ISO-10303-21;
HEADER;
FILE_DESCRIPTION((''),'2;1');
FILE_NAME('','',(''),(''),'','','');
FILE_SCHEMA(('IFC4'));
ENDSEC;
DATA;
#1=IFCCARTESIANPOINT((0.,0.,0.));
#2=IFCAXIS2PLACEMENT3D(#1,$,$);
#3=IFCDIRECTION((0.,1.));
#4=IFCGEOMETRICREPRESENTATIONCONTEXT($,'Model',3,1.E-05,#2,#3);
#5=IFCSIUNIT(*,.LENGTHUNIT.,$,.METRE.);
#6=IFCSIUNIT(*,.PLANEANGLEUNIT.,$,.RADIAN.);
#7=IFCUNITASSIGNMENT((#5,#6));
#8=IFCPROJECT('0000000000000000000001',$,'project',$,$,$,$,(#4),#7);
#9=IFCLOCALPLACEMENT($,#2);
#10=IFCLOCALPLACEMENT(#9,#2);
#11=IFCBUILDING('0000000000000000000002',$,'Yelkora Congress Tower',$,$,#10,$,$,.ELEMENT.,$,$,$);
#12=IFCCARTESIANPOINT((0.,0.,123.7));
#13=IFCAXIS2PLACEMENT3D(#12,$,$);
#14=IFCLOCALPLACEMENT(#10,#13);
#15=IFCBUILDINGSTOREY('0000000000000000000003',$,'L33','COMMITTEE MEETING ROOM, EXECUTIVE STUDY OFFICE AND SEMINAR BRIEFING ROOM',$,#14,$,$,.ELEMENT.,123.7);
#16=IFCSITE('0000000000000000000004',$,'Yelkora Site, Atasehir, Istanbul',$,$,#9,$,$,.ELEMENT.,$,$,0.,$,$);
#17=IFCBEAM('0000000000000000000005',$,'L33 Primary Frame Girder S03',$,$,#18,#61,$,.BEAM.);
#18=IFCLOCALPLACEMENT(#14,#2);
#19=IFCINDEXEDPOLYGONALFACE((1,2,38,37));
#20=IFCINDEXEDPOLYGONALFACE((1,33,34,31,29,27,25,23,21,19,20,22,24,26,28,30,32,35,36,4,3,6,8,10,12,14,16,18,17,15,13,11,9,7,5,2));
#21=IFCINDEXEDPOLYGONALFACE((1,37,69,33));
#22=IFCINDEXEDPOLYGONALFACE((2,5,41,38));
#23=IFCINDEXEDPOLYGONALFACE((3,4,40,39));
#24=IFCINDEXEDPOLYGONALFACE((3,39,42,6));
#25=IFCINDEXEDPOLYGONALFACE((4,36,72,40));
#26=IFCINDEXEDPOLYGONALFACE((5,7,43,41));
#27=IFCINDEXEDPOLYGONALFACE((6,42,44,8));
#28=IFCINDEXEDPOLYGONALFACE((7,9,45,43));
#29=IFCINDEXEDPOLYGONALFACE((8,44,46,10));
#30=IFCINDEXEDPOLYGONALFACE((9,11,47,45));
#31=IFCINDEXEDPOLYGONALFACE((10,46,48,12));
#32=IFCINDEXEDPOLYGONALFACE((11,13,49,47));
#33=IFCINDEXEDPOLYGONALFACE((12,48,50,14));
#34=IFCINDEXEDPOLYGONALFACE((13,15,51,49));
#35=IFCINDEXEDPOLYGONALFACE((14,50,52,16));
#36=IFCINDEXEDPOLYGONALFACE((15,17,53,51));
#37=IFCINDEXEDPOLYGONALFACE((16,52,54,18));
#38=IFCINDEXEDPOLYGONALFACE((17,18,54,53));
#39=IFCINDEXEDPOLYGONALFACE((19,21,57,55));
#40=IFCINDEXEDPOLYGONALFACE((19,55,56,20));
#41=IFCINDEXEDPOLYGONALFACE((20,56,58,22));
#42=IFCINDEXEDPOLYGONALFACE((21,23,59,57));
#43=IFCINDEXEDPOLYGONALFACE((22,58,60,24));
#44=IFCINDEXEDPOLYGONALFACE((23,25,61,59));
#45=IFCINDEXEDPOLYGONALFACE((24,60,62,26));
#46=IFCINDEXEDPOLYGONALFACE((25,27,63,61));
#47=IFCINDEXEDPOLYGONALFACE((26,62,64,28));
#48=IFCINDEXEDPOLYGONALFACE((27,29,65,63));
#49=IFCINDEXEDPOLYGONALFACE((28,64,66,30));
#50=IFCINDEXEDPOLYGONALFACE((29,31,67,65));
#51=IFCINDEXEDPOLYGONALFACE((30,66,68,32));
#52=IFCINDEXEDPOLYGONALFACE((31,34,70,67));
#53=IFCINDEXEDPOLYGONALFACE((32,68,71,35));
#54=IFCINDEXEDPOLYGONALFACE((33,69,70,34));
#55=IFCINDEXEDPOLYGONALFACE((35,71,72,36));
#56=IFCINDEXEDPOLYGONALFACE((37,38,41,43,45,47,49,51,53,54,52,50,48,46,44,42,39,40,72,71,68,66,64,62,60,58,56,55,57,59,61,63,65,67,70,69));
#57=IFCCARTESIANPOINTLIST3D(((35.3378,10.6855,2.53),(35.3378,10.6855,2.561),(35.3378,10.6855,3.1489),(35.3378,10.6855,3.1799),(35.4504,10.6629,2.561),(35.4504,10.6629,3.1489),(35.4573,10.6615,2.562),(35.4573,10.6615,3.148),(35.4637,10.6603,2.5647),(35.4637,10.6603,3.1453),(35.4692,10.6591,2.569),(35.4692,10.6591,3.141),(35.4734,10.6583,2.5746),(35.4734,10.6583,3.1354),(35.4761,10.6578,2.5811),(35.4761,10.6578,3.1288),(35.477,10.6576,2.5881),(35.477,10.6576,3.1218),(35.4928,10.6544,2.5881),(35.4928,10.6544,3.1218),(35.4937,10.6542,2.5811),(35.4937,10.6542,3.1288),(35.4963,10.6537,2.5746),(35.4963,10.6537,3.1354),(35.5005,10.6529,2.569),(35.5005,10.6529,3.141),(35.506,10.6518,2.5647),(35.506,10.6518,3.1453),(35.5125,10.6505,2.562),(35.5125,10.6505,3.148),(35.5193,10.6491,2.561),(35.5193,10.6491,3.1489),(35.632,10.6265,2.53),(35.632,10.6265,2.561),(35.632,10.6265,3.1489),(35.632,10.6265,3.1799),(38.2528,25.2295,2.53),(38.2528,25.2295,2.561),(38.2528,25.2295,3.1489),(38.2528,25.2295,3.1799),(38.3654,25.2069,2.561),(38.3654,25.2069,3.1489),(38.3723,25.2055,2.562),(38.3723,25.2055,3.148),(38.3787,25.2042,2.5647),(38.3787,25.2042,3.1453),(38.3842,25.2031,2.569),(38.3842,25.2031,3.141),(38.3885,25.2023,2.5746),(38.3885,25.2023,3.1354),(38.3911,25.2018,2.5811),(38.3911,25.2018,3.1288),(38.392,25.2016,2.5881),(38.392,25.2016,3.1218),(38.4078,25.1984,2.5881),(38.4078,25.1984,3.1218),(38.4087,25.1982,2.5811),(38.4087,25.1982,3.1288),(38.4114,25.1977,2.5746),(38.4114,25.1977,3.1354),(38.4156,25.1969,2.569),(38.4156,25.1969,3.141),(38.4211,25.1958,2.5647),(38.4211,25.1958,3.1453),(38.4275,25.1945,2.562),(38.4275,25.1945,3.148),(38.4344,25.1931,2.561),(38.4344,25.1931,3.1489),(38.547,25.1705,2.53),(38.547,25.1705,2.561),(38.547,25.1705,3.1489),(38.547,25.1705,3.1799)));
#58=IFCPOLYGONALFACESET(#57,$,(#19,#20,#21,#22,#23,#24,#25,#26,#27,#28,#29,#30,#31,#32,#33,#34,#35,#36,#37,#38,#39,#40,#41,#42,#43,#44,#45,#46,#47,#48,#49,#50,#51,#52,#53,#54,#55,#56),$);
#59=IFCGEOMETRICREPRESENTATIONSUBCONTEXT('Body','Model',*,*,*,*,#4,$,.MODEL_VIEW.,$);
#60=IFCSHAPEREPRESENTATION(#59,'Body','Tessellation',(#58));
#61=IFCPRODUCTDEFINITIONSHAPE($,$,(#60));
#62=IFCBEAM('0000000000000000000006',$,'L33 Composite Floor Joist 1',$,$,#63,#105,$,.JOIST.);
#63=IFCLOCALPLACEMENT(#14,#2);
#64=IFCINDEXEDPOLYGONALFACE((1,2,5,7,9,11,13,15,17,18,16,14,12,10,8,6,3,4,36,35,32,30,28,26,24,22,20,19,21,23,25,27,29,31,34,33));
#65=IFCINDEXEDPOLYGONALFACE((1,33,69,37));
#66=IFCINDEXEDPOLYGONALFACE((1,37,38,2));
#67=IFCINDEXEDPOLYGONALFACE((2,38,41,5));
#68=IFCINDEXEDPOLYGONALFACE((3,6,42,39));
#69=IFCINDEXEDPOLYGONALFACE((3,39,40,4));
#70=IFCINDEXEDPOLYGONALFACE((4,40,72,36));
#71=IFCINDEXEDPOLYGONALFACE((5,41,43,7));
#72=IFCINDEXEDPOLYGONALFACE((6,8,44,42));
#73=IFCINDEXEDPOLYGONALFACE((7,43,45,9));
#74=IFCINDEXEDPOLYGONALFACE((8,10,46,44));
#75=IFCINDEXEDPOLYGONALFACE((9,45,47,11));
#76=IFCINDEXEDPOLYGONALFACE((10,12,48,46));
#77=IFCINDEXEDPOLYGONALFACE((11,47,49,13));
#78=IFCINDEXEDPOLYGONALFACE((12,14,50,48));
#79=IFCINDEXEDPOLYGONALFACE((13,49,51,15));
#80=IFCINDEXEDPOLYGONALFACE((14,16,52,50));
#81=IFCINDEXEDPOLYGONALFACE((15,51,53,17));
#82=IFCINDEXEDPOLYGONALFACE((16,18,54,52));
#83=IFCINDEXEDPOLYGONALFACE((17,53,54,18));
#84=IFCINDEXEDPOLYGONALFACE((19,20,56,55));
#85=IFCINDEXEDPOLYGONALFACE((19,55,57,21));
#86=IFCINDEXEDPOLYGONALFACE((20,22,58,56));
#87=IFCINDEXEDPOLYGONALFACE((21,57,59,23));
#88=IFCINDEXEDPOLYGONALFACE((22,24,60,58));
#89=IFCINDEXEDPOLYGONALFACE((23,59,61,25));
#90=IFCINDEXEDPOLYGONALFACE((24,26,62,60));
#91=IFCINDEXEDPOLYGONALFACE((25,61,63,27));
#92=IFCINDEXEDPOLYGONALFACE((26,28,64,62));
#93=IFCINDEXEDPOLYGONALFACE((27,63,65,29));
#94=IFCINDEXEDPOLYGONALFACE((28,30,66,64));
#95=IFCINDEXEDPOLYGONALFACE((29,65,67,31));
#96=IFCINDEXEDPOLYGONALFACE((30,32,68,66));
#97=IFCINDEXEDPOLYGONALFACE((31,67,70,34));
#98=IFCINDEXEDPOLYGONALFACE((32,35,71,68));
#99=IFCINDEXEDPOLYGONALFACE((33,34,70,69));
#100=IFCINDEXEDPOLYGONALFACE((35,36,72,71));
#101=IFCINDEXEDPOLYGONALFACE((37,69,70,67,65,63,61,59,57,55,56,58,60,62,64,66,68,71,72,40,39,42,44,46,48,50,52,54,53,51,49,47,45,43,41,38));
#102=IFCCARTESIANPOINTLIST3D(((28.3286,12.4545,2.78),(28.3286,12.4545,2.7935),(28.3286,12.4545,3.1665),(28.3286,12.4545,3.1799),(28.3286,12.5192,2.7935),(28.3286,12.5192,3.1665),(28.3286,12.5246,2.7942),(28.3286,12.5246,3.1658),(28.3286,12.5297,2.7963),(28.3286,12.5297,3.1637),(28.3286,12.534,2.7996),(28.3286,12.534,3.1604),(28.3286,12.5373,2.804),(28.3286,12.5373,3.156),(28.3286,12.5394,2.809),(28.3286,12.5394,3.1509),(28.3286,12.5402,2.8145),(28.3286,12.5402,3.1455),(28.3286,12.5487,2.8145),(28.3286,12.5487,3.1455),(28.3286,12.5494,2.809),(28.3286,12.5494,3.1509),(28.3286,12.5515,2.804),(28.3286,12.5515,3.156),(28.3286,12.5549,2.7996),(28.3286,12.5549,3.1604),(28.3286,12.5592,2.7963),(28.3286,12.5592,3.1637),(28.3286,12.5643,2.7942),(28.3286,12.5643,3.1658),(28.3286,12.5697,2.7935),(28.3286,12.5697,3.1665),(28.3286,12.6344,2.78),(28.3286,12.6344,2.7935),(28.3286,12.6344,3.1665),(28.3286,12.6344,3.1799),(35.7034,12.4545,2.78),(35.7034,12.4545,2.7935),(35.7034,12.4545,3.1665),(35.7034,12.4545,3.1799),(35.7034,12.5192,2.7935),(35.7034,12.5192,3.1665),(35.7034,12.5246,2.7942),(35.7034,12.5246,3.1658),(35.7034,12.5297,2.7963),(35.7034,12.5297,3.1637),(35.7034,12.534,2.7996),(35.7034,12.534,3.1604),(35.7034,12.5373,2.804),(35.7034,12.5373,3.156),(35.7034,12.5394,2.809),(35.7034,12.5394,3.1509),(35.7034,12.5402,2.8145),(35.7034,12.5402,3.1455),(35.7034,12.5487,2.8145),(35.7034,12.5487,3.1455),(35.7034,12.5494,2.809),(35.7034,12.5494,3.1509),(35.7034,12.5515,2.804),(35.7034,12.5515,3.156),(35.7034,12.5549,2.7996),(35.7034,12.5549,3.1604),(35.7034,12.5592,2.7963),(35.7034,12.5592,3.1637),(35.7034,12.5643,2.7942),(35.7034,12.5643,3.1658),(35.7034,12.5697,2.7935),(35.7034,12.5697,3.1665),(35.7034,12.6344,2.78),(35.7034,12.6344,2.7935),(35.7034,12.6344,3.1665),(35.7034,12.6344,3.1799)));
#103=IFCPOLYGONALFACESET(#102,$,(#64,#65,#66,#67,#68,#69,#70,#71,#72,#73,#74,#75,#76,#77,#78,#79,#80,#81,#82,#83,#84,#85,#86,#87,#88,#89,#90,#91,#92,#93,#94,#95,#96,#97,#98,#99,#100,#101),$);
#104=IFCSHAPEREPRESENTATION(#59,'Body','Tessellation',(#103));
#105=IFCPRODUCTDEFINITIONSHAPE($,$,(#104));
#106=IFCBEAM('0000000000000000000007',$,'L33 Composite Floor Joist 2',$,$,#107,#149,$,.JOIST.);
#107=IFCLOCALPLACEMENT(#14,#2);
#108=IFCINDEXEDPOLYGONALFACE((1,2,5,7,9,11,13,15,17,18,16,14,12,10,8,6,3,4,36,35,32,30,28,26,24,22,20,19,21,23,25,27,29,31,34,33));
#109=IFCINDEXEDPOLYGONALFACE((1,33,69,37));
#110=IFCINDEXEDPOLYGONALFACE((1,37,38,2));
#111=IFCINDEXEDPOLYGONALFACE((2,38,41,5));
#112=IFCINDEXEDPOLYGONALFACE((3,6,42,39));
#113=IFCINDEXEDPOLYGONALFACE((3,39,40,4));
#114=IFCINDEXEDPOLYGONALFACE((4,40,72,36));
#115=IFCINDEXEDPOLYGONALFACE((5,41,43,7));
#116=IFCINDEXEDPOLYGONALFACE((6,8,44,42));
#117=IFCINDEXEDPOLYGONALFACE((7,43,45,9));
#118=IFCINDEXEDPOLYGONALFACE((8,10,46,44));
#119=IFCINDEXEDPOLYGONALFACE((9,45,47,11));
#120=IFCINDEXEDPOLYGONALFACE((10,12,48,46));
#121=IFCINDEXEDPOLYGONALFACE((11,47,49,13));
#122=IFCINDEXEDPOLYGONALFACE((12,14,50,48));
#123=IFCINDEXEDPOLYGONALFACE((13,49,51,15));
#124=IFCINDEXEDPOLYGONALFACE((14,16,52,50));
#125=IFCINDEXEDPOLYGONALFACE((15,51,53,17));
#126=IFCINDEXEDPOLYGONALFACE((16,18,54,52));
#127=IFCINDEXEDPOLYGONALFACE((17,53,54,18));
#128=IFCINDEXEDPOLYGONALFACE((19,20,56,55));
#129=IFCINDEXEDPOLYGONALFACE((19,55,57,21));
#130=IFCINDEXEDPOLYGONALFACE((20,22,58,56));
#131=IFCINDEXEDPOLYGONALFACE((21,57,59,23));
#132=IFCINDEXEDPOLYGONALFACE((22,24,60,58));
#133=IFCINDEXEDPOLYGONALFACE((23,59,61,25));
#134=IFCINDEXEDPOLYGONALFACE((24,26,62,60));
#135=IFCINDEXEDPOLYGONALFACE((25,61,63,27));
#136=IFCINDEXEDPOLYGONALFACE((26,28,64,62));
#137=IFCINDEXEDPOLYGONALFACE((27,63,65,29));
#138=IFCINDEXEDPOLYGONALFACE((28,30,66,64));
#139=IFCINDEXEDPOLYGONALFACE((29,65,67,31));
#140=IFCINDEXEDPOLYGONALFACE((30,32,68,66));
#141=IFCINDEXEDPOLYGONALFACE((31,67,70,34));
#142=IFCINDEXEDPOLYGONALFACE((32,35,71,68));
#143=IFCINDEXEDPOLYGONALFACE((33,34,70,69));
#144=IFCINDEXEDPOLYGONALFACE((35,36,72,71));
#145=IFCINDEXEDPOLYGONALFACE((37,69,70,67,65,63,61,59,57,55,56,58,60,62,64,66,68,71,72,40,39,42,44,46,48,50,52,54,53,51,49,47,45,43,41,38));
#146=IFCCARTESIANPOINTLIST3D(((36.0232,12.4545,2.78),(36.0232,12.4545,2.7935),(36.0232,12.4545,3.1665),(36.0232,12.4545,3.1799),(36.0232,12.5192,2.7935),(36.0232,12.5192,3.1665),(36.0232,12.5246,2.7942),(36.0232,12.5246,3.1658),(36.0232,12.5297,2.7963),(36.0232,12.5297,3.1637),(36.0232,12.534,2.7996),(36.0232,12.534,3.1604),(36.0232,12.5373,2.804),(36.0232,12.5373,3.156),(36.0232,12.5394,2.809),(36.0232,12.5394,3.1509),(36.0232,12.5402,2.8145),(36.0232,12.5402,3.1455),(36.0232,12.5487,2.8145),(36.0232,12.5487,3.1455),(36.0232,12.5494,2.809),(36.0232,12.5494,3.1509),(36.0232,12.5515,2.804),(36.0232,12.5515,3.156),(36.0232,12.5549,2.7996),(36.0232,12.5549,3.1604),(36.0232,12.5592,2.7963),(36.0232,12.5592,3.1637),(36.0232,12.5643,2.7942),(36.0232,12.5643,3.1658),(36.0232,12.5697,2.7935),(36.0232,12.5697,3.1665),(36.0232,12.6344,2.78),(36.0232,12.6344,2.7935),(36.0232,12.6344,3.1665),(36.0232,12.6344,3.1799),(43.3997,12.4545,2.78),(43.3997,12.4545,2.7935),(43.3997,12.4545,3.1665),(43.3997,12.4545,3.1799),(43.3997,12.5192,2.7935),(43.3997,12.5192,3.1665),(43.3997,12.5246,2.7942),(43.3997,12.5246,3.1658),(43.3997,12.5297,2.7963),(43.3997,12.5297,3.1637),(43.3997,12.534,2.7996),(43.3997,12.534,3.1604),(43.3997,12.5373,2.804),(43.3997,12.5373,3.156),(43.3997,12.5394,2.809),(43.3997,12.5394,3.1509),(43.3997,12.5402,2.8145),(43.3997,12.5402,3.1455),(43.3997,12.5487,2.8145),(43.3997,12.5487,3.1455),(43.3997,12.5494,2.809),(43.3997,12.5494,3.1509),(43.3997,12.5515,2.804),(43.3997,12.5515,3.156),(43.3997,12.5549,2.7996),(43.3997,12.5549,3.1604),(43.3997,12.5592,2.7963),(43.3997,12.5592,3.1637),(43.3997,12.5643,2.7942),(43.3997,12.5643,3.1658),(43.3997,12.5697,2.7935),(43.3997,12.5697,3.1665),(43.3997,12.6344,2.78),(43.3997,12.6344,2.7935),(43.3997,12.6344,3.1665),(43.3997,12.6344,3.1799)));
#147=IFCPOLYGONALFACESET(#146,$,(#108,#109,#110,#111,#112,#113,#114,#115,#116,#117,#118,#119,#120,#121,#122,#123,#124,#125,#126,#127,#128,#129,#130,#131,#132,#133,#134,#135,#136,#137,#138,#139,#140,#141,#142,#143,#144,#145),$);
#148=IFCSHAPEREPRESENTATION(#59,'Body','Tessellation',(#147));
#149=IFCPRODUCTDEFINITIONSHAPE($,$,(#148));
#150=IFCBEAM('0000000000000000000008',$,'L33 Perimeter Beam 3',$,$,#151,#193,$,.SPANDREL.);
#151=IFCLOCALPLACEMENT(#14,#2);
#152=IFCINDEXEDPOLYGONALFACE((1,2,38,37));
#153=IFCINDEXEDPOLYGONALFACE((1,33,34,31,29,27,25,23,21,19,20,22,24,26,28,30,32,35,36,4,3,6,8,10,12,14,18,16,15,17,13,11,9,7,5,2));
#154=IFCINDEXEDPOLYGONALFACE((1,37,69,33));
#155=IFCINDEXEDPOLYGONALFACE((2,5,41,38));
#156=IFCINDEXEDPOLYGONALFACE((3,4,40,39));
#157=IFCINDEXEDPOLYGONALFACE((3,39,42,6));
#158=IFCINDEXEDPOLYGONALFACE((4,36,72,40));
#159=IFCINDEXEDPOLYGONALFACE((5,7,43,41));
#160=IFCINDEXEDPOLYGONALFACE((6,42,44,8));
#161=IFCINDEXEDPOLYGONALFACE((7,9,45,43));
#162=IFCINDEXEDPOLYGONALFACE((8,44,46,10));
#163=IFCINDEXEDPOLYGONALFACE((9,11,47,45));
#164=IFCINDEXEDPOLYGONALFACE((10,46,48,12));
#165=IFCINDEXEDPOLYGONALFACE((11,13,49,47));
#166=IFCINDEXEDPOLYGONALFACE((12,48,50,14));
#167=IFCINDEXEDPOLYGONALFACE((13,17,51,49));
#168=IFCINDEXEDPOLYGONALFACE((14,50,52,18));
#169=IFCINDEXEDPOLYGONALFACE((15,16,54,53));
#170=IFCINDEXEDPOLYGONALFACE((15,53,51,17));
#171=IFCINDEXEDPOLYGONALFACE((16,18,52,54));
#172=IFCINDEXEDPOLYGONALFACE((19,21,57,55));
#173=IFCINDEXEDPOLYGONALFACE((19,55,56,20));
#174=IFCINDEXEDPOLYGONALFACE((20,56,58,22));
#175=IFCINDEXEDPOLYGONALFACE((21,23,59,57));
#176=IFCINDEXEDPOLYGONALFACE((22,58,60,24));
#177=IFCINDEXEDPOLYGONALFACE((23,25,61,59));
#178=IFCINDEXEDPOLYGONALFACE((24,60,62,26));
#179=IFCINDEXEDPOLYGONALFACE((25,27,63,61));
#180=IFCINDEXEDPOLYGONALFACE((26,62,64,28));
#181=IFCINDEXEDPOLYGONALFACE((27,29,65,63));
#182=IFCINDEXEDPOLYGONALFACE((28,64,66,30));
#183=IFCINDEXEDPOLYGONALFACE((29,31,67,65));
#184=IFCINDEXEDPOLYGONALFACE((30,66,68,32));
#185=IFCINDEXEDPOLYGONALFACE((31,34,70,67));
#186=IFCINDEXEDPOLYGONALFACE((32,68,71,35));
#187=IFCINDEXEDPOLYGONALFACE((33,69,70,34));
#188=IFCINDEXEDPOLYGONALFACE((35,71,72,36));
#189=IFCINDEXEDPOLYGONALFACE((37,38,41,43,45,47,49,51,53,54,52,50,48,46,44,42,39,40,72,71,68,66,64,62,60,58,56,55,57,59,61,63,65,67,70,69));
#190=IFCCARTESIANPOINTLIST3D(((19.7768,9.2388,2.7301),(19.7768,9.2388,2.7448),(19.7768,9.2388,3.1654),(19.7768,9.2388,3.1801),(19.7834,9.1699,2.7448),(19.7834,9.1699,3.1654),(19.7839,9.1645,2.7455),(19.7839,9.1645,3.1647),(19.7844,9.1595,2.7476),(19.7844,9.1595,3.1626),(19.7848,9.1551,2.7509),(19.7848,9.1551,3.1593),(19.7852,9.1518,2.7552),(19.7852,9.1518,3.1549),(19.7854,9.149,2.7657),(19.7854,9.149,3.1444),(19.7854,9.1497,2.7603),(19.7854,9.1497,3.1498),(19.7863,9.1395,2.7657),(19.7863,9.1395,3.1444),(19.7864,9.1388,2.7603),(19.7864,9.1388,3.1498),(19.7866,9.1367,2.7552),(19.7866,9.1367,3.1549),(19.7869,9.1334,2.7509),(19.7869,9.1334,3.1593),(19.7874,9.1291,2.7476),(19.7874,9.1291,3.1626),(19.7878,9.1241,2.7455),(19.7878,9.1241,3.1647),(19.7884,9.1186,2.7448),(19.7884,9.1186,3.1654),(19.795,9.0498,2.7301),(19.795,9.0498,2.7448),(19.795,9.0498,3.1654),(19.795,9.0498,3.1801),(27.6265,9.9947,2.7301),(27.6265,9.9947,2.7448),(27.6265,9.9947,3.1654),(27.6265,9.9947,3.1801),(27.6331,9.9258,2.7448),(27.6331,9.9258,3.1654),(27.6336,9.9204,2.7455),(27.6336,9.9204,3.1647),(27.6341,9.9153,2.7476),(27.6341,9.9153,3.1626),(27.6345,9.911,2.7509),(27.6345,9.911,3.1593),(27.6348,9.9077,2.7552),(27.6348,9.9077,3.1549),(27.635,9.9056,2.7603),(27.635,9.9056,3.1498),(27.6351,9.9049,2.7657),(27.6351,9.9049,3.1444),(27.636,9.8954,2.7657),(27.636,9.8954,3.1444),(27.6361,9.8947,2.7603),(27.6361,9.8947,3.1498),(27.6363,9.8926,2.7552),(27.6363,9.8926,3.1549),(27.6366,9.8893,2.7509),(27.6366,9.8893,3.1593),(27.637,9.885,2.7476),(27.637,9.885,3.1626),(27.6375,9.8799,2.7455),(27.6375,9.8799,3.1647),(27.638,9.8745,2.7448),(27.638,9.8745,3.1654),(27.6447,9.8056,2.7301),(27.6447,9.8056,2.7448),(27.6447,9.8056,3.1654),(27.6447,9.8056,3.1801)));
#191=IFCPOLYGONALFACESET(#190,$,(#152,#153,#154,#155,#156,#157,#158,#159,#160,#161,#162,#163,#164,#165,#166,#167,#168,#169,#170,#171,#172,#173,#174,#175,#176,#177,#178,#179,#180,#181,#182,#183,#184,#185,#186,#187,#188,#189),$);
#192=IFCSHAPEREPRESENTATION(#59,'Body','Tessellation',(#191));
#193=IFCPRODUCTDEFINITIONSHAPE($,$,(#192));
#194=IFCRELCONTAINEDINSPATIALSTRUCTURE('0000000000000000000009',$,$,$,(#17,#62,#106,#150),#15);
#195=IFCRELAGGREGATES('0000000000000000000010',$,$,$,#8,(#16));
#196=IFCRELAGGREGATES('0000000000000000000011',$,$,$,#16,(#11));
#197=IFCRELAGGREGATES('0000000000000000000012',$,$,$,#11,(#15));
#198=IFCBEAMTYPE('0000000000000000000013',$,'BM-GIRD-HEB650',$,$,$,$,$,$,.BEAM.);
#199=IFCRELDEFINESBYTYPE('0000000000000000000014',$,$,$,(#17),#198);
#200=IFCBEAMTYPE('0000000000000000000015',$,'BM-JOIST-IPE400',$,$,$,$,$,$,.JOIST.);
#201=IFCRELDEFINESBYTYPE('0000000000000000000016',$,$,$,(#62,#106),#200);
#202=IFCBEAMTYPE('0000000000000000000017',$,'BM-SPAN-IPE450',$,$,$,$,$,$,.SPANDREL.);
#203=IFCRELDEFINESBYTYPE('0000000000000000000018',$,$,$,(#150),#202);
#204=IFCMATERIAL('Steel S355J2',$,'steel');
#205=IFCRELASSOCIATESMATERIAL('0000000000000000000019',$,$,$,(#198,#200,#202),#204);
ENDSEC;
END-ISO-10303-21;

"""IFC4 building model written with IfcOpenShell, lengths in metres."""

from ifc_helpers import new_model, si_unit, direction, frame, origin, origin_2d, place, context, subcontext, project, spatial, i_section, extrude, material, material_profile, profile_set, type_object, element, save


model = new_model("IFC4")

# Units and contexts
model_context = context("Model", 3, precision=1e-05, world=origin(), true_north=direction((0.0, 1.0)))
body_context = subcontext(model_context, "Body", "Model", "MODEL_VIEW")
ifc_project = project(units=[si_unit("LENGTHUNIT", "METRE"), si_unit("PLANEANGLEUNIT", "RADIAN")], contexts=[model_context])

# Site, building, storey
site_placement = place(None, origin())
site = spatial("IfcSite", under=ifc_project, at=site_placement, Name="Yelkora Site, Atasehir, Istanbul", CompositionType="ELEMENT", RefElevation=0.0)
building_placement = place(site_placement, origin())
building = spatial("IfcBuilding", under=site, at=building_placement, Name="Yelkora Congress Tower", CompositionType="ELEMENT")
storey_placement = place(building_placement, frame((0.0, 0.0, 123.7)))
storey = spatial("IfcBuildingStorey", under=building, at=storey_placement, Name="L33", Description="COMMITTEE MEETING ROOM, EXECUTIVE STUDY OFFICE AND SEMINAR BRIEFING ROOM", CompositionType="ELEMENT", Elevation=123.7)

# Beams
ifc_material_1 = material(Name="Steel S355J2", Category="steel")
ifc_material_profile_1 = material_profile(ifc_material_1, i_section(OverallWidth=0.3, OverallDepth=0.6499, WebThickness=0.0161, FlangeThickness=0.031, FilletRadius=0.0271, at=origin_2d()), Name="HEB 650")
ifc_profile_set_1 = profile_set([ifc_material_profile_1], Name="Steel S355J2")
beam_type_1 = type_object("IfcBeamType", Name="BM-GIRD-HEB650", PredefinedType="BEAM", material=ifc_profile_set_1)
beam_1_placement = place(storey_placement, frame((35.4849, 10.656, 2.855), z_axis=(0.196521, 0.9805, 0.0), x_axis=(-0.9805, 0.196521, 0.0)))
element("IfcBeam", 1, at=beam_1_placement, inside=storey, type_object=beam_type_1, Name="L33 Primary Frame Girder S03", PredefinedType="BEAM", context=body_context, shape_type="SweptSolid", body=[
    extrude(i_section(OverallWidth=0.3, OverallDepth=0.6499, WebThickness=0.0161, FlangeThickness=0.031, FilletRadius=0.0271, at=origin_2d()), origin(), (0.0, 0.0, 1.0), 14.8333),
])
ifc_material_profile_2 = material_profile(ifc_material_1, i_section(OverallWidth=0.1799, OverallDepth=0.3999, WebThickness=0.0085, FlangeThickness=0.0134, FilletRadius=0.021, at=origin_2d()), Name="IPE 400")
ifc_profile_set_2 = profile_set([ifc_material_profile_2], Name="Steel S355J2")
beam_type_2 = type_object("IfcBeamType", Name="BM-JOIST-IPE400", PredefinedType="JOIST", material=ifc_profile_set_2)
beam_2_placement = place(storey_placement, frame((28.3286, 12.5444, 2.98), z_axis=(1.0, 0.0, 0.0), x_axis=(0.0, 1.0, 0.0)))
element("IfcBeam", 2, at=beam_2_placement, inside=storey, type_object=beam_type_2, Name="L33 Composite Floor Joist 1", PredefinedType="JOIST", context=body_context, shape_type="SweptSolid", body=[
    extrude(i_section(OverallWidth=0.1799, OverallDepth=0.3999, WebThickness=0.0085, FlangeThickness=0.0134, FilletRadius=0.021, at=origin_2d()), origin(), (0.0, 0.0, 1.0), 7.3748),
])
beam_3_placement = place(storey_placement, frame((36.0232, 12.5444, 2.98), z_axis=(1.0, 0.0, 0.0), x_axis=(0.0, 1.0, 0.0)))
element("IfcBeam", 3, at=beam_3_placement, inside=storey, type_object=beam_type_2, Name="L33 Composite Floor Joist 2", PredefinedType="JOIST", context=body_context, shape_type="SweptSolid", body=[
    extrude(i_section(OverallWidth=0.1799, OverallDepth=0.3999, WebThickness=0.0085, FlangeThickness=0.0134, FilletRadius=0.021, at=origin_2d()), origin(), (0.0, 0.0, 1.0), 7.3765),
])
ifc_material_profile_3 = material_profile(ifc_material_1, i_section(OverallWidth=0.1899, OverallDepth=0.45, WebThickness=0.0095, FlangeThickness=0.0146, FilletRadius=0.021, at=origin_2d()), Name="IPE 450")
ifc_profile_set_3 = profile_set([ifc_material_profile_3], Name="Steel S355J2")
beam_type_3 = type_object("IfcBeamType", Name="BM-SPAN-IPE450", PredefinedType="SPANDREL", material=ifc_profile_set_3)
beam_4_placement = place(storey_placement, frame((19.7859, 9.1443, 2.9551), z_axis=(0.995396, 0.095849, 0.0), x_axis=(-0.095849, 0.995396, 0.0)))
element("IfcBeam", 4, at=beam_4_placement, inside=storey, type_object=beam_type_3, Name="L33 Perimeter Beam 3", PredefinedType="SPANDREL", context=body_context, shape_type="SweptSolid", body=[
    extrude(i_section(OverallWidth=0.1899, OverallDepth=0.45, WebThickness=0.0095, FlangeThickness=0.0146, FilletRadius=0.021, at=origin_2d()), origin(), (0.0, 0.0, 1.0), 7.886),
])

save(model, "model.ifc")
